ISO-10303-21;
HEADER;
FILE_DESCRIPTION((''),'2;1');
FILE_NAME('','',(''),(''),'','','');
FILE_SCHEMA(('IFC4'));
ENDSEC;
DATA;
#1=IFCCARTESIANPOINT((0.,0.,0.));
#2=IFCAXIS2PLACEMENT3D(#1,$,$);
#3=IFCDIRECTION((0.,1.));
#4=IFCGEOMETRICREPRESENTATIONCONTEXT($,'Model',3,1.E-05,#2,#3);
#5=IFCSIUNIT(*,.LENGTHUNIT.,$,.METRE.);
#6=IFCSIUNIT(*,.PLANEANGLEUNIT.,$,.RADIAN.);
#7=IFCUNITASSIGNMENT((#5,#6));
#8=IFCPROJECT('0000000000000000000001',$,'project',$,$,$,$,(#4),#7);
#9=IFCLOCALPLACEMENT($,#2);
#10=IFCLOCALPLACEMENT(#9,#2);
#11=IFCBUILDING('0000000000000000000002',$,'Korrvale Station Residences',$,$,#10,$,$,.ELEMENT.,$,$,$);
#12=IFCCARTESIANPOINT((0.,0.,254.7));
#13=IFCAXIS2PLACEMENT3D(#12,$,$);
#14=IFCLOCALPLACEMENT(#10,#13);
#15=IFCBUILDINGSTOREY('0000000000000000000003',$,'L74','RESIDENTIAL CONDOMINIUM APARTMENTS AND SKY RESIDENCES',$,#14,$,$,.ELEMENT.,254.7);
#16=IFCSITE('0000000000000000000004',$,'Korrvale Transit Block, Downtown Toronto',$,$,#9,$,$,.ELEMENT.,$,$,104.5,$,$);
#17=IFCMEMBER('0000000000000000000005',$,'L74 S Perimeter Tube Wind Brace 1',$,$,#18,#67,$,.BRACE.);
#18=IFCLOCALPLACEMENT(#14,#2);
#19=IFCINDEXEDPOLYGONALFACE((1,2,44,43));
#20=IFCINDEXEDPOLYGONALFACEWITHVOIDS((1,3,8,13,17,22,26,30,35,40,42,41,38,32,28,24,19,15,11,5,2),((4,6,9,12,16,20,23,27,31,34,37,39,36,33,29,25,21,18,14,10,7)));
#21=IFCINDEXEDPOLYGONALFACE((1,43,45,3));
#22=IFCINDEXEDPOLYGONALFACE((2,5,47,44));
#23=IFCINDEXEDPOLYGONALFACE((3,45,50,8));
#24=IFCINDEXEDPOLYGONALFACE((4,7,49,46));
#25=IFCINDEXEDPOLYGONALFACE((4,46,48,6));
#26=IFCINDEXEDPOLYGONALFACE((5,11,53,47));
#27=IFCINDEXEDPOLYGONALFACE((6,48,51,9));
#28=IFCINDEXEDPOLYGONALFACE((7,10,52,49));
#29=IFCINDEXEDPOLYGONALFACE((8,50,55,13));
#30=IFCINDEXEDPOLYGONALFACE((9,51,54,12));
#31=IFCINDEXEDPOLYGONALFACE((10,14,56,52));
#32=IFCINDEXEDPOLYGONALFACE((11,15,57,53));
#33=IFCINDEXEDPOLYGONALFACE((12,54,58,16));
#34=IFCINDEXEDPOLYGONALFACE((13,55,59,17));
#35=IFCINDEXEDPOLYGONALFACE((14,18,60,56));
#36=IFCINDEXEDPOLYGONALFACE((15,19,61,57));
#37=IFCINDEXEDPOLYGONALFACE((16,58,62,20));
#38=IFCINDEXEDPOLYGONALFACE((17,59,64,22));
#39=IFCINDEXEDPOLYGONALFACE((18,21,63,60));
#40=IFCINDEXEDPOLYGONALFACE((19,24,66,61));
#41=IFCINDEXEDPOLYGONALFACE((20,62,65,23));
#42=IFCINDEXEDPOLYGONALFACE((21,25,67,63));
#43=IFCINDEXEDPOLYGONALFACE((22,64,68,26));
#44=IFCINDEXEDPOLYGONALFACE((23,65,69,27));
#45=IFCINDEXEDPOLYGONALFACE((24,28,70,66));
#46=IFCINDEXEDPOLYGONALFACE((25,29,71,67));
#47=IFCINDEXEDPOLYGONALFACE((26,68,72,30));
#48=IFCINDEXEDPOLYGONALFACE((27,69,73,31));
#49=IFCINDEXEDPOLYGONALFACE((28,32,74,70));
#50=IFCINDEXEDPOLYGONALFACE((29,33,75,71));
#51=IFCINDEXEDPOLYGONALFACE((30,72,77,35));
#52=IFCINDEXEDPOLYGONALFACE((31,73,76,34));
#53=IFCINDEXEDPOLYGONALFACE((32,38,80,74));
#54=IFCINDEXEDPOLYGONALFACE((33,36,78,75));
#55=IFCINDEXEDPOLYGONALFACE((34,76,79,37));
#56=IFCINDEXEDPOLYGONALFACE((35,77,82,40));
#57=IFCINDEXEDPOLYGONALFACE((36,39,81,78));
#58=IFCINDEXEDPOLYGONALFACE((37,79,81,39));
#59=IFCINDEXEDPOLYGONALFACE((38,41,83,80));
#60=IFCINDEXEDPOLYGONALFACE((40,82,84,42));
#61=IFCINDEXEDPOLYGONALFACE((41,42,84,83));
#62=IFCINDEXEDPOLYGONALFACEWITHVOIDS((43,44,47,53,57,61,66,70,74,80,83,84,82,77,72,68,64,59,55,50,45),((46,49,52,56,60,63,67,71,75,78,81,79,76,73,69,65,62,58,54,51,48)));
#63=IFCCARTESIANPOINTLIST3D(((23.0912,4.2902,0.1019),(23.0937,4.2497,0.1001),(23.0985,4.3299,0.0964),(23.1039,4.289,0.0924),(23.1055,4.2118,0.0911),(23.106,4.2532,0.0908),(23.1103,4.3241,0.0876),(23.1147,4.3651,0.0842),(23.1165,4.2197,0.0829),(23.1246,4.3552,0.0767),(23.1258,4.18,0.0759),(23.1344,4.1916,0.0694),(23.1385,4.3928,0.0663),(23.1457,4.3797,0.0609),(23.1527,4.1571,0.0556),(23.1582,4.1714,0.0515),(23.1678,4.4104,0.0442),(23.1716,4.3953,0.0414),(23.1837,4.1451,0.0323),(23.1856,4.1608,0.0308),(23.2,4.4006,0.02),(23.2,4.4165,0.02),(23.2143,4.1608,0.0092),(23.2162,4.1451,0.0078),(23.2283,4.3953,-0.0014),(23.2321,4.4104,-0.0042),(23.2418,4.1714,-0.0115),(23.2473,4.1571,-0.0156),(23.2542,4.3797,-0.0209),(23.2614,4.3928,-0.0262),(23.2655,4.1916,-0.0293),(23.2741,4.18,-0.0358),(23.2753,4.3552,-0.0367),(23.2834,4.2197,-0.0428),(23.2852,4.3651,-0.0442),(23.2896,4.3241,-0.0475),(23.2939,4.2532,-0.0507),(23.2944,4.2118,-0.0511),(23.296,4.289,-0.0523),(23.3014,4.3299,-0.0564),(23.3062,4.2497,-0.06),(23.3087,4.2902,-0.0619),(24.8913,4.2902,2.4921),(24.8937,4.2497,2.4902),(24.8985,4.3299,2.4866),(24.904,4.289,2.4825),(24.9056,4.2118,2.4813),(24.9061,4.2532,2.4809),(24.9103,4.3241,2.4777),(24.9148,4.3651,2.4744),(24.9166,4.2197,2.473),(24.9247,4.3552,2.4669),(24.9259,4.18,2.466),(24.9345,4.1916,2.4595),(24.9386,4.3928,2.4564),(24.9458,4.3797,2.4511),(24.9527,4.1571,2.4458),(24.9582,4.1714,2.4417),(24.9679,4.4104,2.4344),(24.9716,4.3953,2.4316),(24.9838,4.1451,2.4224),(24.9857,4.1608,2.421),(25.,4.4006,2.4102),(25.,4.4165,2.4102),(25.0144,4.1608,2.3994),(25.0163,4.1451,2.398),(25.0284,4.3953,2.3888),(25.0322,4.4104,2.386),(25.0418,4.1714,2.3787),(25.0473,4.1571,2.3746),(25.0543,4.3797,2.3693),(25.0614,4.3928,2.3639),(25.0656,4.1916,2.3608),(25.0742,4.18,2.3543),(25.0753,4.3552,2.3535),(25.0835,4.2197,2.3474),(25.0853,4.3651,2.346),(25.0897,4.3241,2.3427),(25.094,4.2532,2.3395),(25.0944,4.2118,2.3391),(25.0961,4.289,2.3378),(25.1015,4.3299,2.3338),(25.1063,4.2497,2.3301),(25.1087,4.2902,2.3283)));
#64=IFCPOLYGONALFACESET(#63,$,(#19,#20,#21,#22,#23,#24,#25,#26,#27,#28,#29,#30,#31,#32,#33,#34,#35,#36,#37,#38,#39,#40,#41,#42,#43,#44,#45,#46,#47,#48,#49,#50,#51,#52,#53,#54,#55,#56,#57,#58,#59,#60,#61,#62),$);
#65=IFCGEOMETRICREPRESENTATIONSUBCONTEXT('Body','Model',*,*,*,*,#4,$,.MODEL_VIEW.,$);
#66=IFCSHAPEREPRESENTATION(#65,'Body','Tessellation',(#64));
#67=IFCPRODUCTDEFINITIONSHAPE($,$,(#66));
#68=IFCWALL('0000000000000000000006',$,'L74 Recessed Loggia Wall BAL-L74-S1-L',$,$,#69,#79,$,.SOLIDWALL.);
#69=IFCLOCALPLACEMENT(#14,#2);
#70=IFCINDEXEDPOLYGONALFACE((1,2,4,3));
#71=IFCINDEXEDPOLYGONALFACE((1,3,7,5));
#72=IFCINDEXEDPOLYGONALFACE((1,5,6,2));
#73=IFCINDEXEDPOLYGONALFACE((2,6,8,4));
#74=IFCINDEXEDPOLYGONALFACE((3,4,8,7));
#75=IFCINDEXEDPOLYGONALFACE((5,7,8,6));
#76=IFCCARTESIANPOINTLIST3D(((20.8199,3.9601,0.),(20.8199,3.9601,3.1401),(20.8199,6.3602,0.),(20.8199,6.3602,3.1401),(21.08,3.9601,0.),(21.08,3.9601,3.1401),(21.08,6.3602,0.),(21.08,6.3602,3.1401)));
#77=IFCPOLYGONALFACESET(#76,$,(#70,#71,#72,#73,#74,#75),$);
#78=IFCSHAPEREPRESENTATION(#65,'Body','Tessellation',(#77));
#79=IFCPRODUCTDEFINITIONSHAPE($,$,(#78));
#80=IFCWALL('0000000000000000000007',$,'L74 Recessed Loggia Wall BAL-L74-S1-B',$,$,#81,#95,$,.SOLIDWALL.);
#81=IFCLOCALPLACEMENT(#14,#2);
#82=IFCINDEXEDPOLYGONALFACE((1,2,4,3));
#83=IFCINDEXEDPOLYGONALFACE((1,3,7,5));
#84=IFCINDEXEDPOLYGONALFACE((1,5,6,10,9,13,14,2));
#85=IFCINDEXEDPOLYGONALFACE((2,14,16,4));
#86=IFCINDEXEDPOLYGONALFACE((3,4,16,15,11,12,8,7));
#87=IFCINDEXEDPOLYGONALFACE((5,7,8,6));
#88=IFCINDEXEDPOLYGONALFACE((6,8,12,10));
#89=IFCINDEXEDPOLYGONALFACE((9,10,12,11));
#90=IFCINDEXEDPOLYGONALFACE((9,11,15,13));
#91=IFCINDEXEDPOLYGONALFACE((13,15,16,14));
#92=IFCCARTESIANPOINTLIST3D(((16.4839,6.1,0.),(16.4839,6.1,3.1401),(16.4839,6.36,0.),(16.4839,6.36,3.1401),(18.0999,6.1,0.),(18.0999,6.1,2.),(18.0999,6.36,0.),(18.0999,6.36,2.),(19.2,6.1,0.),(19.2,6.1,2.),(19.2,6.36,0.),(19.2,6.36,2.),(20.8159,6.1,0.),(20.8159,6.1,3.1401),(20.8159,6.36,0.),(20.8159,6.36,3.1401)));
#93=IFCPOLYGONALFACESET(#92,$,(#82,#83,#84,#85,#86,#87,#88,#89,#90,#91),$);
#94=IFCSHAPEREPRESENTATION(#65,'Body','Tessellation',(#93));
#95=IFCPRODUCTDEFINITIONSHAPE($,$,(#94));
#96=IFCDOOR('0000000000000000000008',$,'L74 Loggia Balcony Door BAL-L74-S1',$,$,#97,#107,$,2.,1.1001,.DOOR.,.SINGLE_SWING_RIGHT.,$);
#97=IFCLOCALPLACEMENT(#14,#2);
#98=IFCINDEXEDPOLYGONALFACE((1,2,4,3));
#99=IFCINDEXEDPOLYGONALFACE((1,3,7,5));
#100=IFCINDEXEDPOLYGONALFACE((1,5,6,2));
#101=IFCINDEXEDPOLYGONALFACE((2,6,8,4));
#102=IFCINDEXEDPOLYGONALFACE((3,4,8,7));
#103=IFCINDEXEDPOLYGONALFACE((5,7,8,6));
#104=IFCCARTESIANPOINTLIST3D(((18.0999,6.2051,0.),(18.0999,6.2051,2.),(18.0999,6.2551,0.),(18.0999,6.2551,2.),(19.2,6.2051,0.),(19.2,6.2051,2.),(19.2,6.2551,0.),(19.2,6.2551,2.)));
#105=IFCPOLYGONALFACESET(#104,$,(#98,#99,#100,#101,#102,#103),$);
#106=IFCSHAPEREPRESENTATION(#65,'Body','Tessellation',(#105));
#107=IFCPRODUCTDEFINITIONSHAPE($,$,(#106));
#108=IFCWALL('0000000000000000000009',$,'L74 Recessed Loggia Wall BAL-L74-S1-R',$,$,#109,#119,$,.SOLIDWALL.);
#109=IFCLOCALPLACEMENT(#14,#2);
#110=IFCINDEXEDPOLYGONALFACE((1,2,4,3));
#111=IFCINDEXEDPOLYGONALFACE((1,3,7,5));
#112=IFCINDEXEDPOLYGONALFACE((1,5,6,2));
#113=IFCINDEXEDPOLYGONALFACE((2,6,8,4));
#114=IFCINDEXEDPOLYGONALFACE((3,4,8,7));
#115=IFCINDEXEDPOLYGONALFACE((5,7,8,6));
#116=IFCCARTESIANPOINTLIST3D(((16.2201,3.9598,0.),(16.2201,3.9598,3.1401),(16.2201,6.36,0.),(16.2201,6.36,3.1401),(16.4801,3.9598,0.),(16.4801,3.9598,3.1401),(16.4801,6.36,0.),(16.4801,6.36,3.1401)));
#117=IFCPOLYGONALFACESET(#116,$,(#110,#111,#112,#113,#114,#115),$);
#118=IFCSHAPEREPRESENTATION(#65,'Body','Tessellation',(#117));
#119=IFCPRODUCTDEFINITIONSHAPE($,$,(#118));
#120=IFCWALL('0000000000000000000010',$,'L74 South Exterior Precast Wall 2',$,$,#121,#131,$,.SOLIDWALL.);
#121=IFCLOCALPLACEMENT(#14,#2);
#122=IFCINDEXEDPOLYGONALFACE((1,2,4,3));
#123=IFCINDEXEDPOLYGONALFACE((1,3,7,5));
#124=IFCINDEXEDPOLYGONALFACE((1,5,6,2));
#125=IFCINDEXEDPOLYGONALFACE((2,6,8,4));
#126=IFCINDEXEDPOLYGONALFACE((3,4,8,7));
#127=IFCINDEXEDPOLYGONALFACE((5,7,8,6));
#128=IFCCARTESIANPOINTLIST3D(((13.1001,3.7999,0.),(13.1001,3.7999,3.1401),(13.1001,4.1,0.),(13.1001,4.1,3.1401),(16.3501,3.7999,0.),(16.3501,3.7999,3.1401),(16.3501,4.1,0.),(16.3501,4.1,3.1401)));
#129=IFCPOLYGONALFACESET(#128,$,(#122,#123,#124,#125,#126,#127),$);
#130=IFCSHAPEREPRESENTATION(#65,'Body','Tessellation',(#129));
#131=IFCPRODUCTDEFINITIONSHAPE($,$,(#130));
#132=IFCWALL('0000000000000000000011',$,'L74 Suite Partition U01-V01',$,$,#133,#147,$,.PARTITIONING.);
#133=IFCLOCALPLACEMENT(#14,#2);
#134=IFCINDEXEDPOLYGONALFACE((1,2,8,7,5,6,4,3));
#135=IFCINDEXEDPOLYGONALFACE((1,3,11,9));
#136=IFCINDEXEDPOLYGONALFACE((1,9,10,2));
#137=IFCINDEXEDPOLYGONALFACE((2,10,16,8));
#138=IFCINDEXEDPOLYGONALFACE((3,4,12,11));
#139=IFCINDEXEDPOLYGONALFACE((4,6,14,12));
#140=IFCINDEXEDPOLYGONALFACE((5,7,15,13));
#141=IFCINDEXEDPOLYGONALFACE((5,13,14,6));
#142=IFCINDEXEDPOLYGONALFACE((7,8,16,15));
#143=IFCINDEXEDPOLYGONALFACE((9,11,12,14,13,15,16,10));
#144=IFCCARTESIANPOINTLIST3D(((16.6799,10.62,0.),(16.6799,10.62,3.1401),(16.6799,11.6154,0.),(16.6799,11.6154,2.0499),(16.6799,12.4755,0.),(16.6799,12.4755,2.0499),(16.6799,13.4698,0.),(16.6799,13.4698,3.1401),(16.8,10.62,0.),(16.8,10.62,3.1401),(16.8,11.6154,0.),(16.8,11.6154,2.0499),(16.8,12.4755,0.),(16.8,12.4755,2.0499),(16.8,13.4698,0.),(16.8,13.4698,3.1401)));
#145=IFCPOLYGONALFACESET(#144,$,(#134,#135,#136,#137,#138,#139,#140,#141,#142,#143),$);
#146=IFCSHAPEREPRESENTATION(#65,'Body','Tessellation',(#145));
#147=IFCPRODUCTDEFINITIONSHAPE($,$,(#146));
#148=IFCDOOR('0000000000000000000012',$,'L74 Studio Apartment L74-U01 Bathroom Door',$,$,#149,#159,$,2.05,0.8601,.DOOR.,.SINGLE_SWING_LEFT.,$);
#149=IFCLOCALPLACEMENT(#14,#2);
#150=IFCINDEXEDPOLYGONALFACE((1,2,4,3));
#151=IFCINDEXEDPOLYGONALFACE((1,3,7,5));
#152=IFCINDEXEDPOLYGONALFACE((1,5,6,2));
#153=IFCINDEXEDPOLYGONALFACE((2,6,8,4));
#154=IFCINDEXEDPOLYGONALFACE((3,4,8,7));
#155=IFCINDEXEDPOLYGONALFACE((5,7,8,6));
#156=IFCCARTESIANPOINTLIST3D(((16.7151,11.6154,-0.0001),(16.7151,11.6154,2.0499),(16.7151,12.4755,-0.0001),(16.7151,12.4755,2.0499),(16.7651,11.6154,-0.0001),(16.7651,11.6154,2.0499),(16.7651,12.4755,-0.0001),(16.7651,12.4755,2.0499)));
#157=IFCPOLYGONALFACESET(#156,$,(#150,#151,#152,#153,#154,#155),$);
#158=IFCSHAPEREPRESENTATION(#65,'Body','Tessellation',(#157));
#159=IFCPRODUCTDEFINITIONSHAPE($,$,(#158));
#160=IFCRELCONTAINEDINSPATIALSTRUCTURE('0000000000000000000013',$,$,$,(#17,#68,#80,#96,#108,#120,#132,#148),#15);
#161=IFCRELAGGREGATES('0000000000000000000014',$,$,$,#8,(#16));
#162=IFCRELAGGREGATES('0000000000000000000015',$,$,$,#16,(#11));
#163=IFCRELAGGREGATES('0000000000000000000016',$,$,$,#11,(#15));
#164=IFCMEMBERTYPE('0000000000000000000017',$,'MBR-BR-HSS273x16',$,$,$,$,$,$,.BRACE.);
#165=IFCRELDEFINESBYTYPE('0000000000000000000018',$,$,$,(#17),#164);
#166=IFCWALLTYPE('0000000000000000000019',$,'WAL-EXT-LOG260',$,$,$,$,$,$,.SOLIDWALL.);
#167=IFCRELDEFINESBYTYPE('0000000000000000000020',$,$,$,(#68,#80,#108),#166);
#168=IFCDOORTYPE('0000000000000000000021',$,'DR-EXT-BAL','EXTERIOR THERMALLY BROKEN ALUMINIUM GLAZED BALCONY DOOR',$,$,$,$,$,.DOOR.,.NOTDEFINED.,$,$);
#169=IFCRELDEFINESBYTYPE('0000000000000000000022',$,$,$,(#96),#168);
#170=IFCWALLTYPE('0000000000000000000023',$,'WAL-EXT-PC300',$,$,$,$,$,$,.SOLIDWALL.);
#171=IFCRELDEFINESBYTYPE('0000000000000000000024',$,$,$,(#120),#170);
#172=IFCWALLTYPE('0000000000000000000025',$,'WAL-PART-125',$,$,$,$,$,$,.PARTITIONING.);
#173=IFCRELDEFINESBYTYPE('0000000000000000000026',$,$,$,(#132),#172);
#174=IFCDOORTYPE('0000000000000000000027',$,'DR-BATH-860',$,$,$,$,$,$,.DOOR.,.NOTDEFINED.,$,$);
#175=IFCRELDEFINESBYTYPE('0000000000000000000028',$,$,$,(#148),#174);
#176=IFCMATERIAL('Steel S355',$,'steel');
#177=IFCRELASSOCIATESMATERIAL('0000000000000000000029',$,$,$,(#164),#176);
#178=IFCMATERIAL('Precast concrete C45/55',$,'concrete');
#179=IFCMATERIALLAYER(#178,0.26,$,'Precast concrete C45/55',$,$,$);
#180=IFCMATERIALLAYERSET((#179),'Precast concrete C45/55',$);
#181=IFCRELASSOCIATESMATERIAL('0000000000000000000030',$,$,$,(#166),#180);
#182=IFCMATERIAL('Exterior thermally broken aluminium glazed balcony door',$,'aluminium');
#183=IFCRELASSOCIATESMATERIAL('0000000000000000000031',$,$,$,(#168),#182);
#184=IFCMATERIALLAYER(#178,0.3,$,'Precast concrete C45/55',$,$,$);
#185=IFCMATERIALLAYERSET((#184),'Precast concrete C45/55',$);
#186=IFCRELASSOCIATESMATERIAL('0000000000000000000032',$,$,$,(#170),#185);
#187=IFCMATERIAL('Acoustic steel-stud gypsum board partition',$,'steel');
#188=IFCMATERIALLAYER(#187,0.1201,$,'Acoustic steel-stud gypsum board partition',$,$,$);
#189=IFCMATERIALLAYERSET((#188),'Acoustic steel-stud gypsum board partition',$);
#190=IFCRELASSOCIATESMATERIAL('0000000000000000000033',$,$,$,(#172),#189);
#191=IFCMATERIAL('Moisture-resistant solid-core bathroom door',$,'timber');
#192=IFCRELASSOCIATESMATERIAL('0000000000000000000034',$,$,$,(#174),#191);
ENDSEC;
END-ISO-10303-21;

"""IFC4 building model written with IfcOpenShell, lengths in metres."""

from ifc_helpers import new_model, si_unit, direction, frame, frame_2d, origin, origin_2d, place, context, subcontext, project, spatial, rectangle, hollow_circle, extrude, material, layer, layer_set, material_profile, profile_set, type_object, element, fill, save


model = new_model("IFC4")

# Units and contexts
model_context = context("Model", 3, precision=1e-05, world=origin(), true_north=direction((0.0, 1.0)))
body_context = subcontext(model_context, "Body", "Model", "MODEL_VIEW")
ifc_project = project(units=[si_unit("LENGTHUNIT", "METRE"), si_unit("PLANEANGLEUNIT", "RADIAN")], contexts=[model_context])

# Site, building, storey
site_placement = place(None, origin())
site = spatial("IfcSite", under=ifc_project, at=site_placement, Name="Korrvale Transit Block, Downtown Toronto", CompositionType="ELEMENT", RefElevation=104.5)
building_placement = place(site_placement, origin())
building = spatial("IfcBuilding", under=site, at=building_placement, Name="Korrvale Station Residences", CompositionType="ELEMENT")
storey_placement = place(building_placement, frame((0.0, 0.0, 254.7)))
storey = spatial("IfcBuildingStorey", under=building, at=storey_placement, Name="L74", Description="RESIDENTIAL CONDOMINIUM APARTMENTS AND SKY RESIDENCES", CompositionType="ELEMENT", Elevation=254.7)

# Shared definitions
ifc_material_1 = material(Name="Steel S355", Category="steel")

# Member
ifc_material_profile_1 = material_profile(ifc_material_1, hollow_circle(Radius=0.1365, WallThickness=0.0159, at=origin_2d()), Name="HSS273x16")
ifc_profile_set_1 = profile_set([ifc_material_profile_1], Name="Steel S355")
member_type = type_object("IfcMemberType", Name="MBR-BR-HSS273x16", PredefinedType="BRACE", material=ifc_profile_set_1)
member_placement = place(storey_placement, frame((23.2, 4.28, 0.02), z_axis=(0.601592, 0.0, 0.798804), x_axis=(0.0, 1.0, 0.0)))
element("IfcMember", 1, at=member_placement, inside=storey, type_object=member_type, Name="L74 S Perimeter Tube Wind Brace 1", PredefinedType="BRACE", context=body_context, shape_type="SweptSolid", body=[
    extrude(hollow_circle(Radius=0.1365, WallThickness=0.0159, at=origin_2d()), origin(), (0.0, 0.0, 1.0), 2.9922),
])

# Wall
ifc_material_2 = material(Name="Precast concrete C45/55", Category="concrete")
ifc_layer_1 = layer(ifc_material_2, 0.26, Name="Precast concrete C45/55")
ifc_layer_set_1 = layer_set([ifc_layer_1], Name="Precast concrete C45/55")
wall_type_1 = type_object("IfcWallType", Name="WAL-EXT-LOG260", PredefinedType="SOLIDWALL", material=ifc_layer_set_1)
wall_1_placement = place(storey_placement, frame((20.95, 3.96, 0.0), z_axis=(0.0, 0.0, 1.0), x_axis=(0.0, 1.0, 0.0)))
element("IfcWall", 2, at=wall_1_placement, inside=storey, type_object=wall_type_1, Name="L74 Recessed Loggia Wall BAL-L74-S1-L", PredefinedType="SOLIDWALL", context=body_context, shape_type="SweptSolid", body=[
    extrude(rectangle(XDim=2.4001, YDim=0.26, at=frame_2d((1.2002, 0.0))), origin(), (0.0, 0.0, 1.0), 3.1401),
])

# Wall, opening, door
wall_2_placement = place(storey_placement, frame((20.8159, 6.23, 0.0), z_axis=(0.0, 0.0, 1.0), x_axis=(-1.0, 0.0, 0.0)))
wall_2 = element("IfcWall", 3, at=wall_2_placement, inside=storey, type_object=wall_type_1, Name="L74 Recessed Loggia Wall BAL-L74-S1-B", PredefinedType="SOLIDWALL", context=body_context, shape_type="SweptSolid", body=[
    extrude(rectangle(XDim=4.332, YDim=0.26, at=frame_2d((2.166, 0.0))), origin(), (0.0, 0.0, 1.0), 3.1401),
])
opening_1_placement = place(wall_2_placement, frame((1.616, 0.0, 0.0)))
opening_1 = element("IfcOpeningElement", 4, at=opening_1_placement, cuts=wall_2, PredefinedType="OPENING", context=body_context, shape_type="SweptSolid", body=[
    extrude(rectangle(XDim=1.1001, YDim=2.0, at=frame_2d((0.55, 1.0))), frame((0.0, 0.1401, 0.0), z_axis=(0.0, -1.0, 0.0), x_axis=(1.0, 0.0, 0.0)), (0.0, 0.0, 1.0), 0.28),
])
ifc_material_3 = material(Name="Exterior thermally broken aluminium glazed balcony door", Category="aluminium")
door_type_1 = type_object("IfcDoorType", Name="DR-EXT-BAL", Description="EXTERIOR THERMALLY BROKEN ALUMINIUM GLAZED BALCONY DOOR", OperationType="NOTDEFINED", PredefinedType="DOOR", material=ifc_material_3)
door_1_placement = place(opening_1_placement, origin())
door_1 = element("IfcDoor", 5, at=door_1_placement, inside=storey, type_object=door_type_1, Name="L74 Loggia Balcony Door BAL-L74-S1", OperationType="SINGLE_SWING_RIGHT", OverallHeight=2.0, OverallWidth=1.1001, PredefinedType="DOOR", context=body_context, shape_type="SweptSolid", body=[
    extrude(rectangle(XDim=1.1001, YDim=2.0, at=frame_2d((0.55, 1.0))), frame((0.0, 0.0249, 0.0), z_axis=(0.0, -1.0, 0.0), x_axis=(1.0, 0.0, 0.0)), (0.0, 0.0, 1.0), 0.05),
])
fill(opening_1, door_1)

# Walls
wall_3_placement = place(storey_placement, frame((16.3501, 6.3601, 0.0), z_axis=(0.0, 0.0, 1.0), x_axis=(0.0, -1.0, 0.0)))
element("IfcWall", 6, at=wall_3_placement, inside=storey, type_object=wall_type_1, Name="L74 Recessed Loggia Wall BAL-L74-S1-R", PredefinedType="SOLIDWALL", context=body_context, shape_type="SweptSolid", body=[
    extrude(rectangle(XDim=2.4001, YDim=0.26, at=frame_2d((1.2002, 0.0))), origin(), (0.0, 0.0, 1.0), 3.1401),
])
ifc_layer_2 = layer(ifc_material_2, 0.3, Name="Precast concrete C45/55")
ifc_layer_set_2 = layer_set([ifc_layer_2], Name="Precast concrete C45/55")
wall_type_2 = type_object("IfcWallType", Name="WAL-EXT-PC300", PredefinedType="SOLIDWALL", material=ifc_layer_set_2)
wall_4_placement = place(storey_placement, frame((16.3501, 3.95, 0.0), z_axis=(0.0, 0.0, 1.0), x_axis=(-1.0, 0.0, 0.0)))
element("IfcWall", 7, at=wall_4_placement, inside=storey, type_object=wall_type_2, Name="L74 South Exterior Precast Wall 2", PredefinedType="SOLIDWALL", context=body_context, shape_type="SweptSolid", body=[
    extrude(rectangle(XDim=3.25, YDim=0.3, at=frame_2d((1.625, 0.0))), origin(), (0.0, 0.0, 1.0), 3.1401),
])

# Wall, opening, door
ifc_material_4 = material(Name="Acoustic steel-stud gypsum board partition", Category="steel")
ifc_layer_3 = layer(ifc_material_4, 0.1201, Name="Acoustic steel-stud gypsum board partition")
ifc_layer_set_3 = layer_set([ifc_layer_3], Name="Acoustic steel-stud gypsum board partition")
wall_type_3 = type_object("IfcWallType", Name="WAL-PART-125", PredefinedType="PARTITIONING", material=ifc_layer_set_3)
wall_5_placement = place(storey_placement, frame((16.74, 10.6201, 0.0), z_axis=(0.0, 0.0, 1.0), x_axis=(0.0, 1.0, 0.0)))
wall_5 = element("IfcWall", 8, at=wall_5_placement, inside=storey, type_object=wall_type_3, Name="L74 Suite Partition U01-V01", PredefinedType="PARTITIONING", context=body_context, shape_type="SweptSolid", body=[
    extrude(rectangle(XDim=2.8499, YDim=0.1201, at=frame_2d((1.4248, 0.0))), origin(), (0.0, 0.0, 1.0), 3.1401),
])
opening_2_placement = place(wall_5_placement, frame((0.9951, 0.0, 0.0)))
opening_2 = element("IfcOpeningElement", 9, at=opening_2_placement, cuts=wall_5, PredefinedType="OPENING", context=body_context, shape_type="SweptSolid", body=[
    extrude(rectangle(XDim=0.8601, YDim=2.05, at=frame_2d((0.4302, 1.0249))), frame((0.0, 0.0701, 0.0), z_axis=(0.0, -1.0, 0.0), x_axis=(1.0, 0.0, 0.0)), (0.0, 0.0, 1.0), 0.1401),
])
ifc_material_5 = material(Name="Moisture-resistant solid-core bathroom door", Category="timber")
door_type_2 = type_object("IfcDoorType", Name="DR-BATH-860", OperationType="NOTDEFINED", PredefinedType="DOOR", material=ifc_material_5)
door_2_placement = place(opening_2_placement, origin())
door_2 = element("IfcDoor", 10, at=door_2_placement, inside=storey, type_object=door_type_2, Name="L74 Studio Apartment L74-U01 Bathroom Door", OperationType="SINGLE_SWING_LEFT", OverallHeight=2.05, OverallWidth=0.8601, PredefinedType="DOOR", context=body_context, shape_type="SweptSolid", body=[
    extrude(rectangle(XDim=0.8601, YDim=2.05, at=frame_2d((0.4302, 1.0249))), frame((0.0, 0.0249, 0.0), z_axis=(0.0, -1.0, 0.0), x_axis=(1.0, 0.0, 0.0)), (0.0, 0.0, 1.0), 0.05),
])
fill(opening_2, door_2)

save(model, "model.ifc")
